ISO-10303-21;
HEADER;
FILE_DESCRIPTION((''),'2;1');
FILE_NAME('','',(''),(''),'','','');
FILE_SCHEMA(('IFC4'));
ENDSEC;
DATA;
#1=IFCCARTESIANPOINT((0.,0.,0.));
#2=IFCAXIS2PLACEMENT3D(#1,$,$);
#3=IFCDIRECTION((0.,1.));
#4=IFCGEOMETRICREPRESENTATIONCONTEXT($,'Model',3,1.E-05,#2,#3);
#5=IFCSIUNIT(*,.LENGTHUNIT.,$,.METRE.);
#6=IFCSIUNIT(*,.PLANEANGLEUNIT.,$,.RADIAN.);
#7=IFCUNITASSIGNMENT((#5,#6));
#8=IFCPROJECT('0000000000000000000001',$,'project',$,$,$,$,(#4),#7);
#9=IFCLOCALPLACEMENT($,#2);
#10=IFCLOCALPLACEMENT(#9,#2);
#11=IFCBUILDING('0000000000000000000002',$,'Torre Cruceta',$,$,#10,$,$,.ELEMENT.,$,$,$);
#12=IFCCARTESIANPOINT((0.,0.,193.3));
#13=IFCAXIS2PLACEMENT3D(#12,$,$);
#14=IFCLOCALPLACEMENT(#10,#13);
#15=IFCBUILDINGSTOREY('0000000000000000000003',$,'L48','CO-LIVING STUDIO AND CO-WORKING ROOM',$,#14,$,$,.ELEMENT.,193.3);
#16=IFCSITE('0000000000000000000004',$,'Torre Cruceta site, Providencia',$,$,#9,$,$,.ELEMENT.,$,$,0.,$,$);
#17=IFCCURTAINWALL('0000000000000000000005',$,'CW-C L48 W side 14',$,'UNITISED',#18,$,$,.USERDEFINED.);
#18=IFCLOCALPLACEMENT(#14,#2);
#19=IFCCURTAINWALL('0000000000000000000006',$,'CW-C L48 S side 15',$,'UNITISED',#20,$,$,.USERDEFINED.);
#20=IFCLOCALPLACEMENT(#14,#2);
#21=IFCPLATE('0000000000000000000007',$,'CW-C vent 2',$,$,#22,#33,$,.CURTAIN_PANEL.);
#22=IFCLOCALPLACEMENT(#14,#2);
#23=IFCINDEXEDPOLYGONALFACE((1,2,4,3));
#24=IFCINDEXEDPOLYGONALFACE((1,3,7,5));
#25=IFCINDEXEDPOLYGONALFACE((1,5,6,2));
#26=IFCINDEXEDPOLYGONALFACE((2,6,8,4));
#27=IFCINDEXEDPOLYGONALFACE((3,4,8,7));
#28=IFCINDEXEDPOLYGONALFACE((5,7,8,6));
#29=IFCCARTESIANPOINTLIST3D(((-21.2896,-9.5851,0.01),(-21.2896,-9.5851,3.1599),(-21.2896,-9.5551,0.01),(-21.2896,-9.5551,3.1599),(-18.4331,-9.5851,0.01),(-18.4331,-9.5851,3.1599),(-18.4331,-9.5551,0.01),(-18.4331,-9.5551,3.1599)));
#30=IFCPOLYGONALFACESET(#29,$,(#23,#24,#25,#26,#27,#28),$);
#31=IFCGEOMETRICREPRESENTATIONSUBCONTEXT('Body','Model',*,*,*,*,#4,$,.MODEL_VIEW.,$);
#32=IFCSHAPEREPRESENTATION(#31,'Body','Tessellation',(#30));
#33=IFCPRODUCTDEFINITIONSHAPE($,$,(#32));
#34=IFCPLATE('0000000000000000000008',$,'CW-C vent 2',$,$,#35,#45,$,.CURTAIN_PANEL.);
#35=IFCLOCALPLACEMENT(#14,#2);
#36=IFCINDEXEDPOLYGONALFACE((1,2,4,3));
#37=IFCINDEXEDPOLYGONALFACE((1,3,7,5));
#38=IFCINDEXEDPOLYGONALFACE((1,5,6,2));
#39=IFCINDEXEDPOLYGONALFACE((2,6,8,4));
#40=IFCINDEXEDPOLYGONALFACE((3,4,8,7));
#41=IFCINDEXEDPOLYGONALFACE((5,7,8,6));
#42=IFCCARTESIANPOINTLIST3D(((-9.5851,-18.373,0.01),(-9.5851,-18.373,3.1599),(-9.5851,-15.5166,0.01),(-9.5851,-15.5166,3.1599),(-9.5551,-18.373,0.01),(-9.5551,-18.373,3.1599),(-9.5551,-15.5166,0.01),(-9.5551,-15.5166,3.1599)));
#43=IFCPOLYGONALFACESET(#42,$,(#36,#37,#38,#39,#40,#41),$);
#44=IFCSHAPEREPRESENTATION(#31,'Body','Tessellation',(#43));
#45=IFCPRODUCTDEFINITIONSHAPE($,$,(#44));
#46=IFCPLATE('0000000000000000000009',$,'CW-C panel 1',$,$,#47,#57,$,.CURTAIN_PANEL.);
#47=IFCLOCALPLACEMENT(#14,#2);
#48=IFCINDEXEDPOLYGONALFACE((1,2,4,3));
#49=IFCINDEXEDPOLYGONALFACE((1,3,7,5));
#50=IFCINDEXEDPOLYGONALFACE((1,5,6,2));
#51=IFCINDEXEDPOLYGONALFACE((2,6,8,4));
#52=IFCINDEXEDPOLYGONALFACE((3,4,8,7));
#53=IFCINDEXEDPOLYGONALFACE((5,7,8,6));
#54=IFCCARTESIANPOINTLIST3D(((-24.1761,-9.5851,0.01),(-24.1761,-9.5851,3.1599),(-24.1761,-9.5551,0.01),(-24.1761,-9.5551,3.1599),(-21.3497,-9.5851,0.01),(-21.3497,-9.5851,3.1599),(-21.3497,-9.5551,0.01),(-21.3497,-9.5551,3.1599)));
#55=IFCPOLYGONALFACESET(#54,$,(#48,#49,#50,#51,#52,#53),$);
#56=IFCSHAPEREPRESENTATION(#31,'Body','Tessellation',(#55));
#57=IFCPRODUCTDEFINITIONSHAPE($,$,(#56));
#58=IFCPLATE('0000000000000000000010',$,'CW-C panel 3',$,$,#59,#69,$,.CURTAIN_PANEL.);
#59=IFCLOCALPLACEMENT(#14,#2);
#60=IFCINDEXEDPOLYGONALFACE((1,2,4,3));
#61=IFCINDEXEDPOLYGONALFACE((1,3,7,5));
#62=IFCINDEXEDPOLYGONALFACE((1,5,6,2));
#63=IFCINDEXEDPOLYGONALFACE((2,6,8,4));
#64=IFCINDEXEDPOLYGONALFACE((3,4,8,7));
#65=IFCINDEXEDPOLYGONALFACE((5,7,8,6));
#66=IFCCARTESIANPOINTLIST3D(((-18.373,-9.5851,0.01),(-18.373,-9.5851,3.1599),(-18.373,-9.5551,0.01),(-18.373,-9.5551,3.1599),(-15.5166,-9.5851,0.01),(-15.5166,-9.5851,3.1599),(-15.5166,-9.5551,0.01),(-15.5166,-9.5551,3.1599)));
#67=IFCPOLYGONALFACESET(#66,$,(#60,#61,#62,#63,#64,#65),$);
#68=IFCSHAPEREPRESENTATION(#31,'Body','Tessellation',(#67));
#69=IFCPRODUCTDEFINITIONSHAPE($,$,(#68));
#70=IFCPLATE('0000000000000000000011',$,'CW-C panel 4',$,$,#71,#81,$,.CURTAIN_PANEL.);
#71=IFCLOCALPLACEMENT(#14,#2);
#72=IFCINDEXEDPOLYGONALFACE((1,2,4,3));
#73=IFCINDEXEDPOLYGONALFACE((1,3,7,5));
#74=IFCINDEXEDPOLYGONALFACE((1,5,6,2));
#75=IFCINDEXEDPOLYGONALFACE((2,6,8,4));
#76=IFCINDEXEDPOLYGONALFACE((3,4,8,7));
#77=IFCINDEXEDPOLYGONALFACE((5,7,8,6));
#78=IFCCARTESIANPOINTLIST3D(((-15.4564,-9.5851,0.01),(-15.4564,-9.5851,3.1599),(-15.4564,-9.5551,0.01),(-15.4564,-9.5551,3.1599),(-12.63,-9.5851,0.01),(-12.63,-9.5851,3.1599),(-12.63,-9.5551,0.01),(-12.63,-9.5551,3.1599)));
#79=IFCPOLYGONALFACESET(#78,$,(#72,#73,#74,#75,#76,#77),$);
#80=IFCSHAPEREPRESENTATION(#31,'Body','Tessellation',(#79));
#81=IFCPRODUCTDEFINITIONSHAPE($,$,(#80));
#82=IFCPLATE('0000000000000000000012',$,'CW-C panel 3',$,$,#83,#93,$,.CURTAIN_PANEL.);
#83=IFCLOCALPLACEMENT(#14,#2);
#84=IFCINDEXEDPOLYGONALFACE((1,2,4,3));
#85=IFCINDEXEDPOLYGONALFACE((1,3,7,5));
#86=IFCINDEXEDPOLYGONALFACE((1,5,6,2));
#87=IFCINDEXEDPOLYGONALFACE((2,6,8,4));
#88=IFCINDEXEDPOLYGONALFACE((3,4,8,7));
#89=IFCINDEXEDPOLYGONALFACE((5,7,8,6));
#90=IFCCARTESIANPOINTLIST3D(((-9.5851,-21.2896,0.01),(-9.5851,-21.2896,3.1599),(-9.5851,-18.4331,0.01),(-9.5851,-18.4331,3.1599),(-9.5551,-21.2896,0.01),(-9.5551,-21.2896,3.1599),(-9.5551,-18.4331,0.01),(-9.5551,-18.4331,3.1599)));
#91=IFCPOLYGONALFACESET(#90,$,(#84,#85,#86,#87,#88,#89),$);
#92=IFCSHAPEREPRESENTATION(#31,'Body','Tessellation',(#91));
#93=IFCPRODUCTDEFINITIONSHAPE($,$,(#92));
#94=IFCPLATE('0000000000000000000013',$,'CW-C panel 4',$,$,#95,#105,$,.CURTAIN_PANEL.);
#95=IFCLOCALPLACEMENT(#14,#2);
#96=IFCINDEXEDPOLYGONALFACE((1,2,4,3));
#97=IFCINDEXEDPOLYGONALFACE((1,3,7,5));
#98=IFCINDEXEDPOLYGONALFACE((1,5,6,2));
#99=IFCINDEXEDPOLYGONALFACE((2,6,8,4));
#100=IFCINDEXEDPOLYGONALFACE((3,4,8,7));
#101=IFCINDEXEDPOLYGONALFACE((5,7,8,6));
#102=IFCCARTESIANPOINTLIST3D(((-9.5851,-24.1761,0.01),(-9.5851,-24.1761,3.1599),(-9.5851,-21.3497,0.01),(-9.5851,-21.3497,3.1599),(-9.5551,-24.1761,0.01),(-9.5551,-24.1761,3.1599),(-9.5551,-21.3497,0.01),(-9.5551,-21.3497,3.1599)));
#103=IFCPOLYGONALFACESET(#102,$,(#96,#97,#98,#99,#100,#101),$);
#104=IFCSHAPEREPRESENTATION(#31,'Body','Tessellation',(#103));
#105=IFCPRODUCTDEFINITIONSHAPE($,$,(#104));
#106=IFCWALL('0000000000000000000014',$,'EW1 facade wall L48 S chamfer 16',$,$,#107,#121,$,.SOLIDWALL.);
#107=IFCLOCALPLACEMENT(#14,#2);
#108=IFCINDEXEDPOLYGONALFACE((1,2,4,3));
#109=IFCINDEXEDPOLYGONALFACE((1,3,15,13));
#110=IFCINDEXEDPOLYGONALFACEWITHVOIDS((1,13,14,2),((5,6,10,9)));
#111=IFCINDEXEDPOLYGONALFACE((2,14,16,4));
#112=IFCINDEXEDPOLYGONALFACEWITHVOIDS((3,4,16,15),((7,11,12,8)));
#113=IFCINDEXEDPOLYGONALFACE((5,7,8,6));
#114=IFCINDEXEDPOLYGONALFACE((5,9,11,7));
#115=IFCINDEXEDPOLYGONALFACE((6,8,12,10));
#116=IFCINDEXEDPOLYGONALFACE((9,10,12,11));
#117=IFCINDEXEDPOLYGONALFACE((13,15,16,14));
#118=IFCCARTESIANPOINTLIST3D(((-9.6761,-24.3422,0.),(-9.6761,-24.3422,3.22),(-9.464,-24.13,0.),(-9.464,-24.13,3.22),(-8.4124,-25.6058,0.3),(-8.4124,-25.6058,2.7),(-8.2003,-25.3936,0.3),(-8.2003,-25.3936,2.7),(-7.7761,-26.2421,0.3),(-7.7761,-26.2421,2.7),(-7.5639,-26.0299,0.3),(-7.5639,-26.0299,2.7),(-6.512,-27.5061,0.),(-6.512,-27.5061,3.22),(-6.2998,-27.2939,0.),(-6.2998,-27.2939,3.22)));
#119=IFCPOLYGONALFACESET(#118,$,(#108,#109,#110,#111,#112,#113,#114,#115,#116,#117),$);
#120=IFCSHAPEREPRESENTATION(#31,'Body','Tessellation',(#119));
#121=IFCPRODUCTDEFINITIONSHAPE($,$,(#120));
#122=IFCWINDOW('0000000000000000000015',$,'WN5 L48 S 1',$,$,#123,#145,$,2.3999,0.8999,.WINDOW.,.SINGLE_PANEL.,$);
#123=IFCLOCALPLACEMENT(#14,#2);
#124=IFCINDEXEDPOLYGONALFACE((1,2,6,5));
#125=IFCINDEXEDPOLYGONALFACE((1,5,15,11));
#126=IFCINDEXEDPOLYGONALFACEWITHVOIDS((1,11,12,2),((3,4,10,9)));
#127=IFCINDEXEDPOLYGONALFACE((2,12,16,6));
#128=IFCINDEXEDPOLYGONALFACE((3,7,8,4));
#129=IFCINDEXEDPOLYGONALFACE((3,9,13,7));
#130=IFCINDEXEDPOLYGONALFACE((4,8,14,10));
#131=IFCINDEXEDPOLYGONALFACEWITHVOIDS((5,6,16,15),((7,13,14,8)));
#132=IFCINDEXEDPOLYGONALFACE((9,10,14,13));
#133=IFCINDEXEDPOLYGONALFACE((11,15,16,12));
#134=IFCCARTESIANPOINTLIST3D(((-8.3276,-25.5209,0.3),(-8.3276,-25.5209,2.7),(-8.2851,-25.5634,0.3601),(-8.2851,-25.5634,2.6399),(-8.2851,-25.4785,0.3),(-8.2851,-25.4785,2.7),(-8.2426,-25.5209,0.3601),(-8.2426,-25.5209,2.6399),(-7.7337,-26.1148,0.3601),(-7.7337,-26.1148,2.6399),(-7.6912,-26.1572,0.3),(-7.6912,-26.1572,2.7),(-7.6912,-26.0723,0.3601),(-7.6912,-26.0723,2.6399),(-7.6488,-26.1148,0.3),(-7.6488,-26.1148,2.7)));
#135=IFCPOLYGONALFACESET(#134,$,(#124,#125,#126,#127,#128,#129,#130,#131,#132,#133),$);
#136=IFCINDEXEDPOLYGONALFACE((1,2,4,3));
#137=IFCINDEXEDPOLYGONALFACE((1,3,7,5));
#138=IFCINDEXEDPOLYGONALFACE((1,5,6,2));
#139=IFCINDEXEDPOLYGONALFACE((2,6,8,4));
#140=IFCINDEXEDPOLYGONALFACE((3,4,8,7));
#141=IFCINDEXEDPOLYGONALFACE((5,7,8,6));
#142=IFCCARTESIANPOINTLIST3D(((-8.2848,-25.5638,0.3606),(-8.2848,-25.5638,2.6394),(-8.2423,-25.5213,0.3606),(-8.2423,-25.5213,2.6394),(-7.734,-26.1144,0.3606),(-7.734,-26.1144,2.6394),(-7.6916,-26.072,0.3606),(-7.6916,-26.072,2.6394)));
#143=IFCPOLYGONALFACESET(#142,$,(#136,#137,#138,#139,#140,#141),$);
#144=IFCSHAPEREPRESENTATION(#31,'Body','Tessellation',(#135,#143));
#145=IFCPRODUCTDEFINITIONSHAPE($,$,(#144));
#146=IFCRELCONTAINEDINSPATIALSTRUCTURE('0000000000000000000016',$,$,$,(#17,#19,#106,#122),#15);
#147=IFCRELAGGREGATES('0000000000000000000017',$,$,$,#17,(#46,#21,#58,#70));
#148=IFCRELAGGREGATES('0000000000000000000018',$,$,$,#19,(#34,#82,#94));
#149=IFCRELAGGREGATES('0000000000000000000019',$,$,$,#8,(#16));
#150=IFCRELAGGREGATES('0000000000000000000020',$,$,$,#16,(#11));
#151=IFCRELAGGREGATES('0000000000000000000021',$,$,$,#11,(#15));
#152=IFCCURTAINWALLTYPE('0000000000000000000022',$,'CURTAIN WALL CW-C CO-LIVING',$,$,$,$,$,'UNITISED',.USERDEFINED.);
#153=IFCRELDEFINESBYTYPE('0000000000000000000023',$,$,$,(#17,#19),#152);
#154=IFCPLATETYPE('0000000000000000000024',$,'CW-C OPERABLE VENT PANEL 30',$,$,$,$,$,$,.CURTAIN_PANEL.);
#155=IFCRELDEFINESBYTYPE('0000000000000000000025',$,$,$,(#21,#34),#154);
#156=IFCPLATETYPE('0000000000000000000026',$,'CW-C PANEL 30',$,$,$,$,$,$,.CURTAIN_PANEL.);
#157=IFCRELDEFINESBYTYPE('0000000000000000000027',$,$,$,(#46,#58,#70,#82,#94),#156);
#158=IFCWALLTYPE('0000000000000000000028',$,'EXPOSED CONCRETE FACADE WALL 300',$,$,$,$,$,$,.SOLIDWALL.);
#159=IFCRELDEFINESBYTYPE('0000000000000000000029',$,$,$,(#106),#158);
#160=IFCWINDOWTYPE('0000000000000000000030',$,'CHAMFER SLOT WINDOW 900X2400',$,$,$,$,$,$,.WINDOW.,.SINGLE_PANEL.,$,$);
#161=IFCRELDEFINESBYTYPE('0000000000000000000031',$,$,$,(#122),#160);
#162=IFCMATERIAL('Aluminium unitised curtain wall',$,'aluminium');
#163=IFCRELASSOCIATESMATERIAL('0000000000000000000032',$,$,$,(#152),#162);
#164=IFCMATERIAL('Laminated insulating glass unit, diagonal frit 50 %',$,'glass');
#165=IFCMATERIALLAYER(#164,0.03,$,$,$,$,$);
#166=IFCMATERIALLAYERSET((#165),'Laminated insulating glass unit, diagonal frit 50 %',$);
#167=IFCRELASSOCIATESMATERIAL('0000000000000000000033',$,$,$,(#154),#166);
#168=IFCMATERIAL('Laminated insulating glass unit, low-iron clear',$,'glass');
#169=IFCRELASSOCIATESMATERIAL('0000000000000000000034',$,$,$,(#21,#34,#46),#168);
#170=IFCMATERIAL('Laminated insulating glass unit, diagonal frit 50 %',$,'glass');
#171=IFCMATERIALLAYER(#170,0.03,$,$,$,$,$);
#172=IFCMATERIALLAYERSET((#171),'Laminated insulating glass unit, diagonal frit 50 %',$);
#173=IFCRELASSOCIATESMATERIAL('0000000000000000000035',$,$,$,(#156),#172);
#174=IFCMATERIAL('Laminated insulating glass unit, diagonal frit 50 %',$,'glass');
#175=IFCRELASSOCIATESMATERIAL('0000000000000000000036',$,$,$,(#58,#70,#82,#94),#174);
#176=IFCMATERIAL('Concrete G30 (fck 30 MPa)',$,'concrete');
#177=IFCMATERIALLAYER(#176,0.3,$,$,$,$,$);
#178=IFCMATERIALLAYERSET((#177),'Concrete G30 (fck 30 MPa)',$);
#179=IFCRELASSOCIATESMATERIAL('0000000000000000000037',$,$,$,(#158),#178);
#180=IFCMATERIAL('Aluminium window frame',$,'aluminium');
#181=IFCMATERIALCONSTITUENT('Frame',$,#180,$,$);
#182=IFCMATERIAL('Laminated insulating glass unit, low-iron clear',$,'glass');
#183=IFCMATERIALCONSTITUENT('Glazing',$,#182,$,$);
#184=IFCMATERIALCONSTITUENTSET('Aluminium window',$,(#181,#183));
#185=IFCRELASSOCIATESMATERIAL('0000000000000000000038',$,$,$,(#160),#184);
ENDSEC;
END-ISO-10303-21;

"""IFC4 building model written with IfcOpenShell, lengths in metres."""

from ifc_helpers import new_model, si_unit, direction, frame, frame_2d, origin, origin_2d, place, context, subcontext, project, spatial, rectangle, hollow_rectangle, extrude, material, layer, layer_set, constituent, constituent_set, type_object, element, fill, aggregate, save


model = new_model("IFC4")

# Units and contexts
model_context = context("Model", 3, precision=1e-05, world=origin(), true_north=direction((0.0, 1.0)))
body_context = subcontext(model_context, "Body", "Model", "MODEL_VIEW")
ifc_project = project(units=[si_unit("LENGTHUNIT", "METRE"), si_unit("PLANEANGLEUNIT", "RADIAN")], contexts=[model_context])

# Site, building, storey
site_placement = place(None, origin())
site = spatial("IfcSite", under=ifc_project, at=site_placement, Name="Torre Cruceta site, Providencia", CompositionType="ELEMENT", RefElevation=0.0)
building_placement = place(site_placement, origin())
building = spatial("IfcBuilding", under=site, at=building_placement, Name="Torre Cruceta", CompositionType="ELEMENT")
storey_placement = place(building_placement, frame((0.0, 0.0, 193.3)))
storey = spatial("IfcBuildingStorey", under=building, at=storey_placement, Name="L48", Description="CO-LIVING STUDIO AND CO-WORKING ROOM", CompositionType="ELEMENT", Elevation=193.3)

# Curtain walls
ifc_material_1 = material(Name="Aluminium unitised curtain wall", Category="aluminium")
curtain_wall_type = type_object("IfcCurtainWallType", Name="CURTAIN WALL CW-C CO-LIVING", ElementType="UNITISED", PredefinedType="USERDEFINED", material=ifc_material_1)
curtain_wall_1_placement = place(storey_placement, origin())
curtain_wall_1 = element("IfcCurtainWall", 1, at=curtain_wall_1_placement, inside=storey, type_object=curtain_wall_type, Name="CW-C L48 W side 14", ObjectType="UNITISED", PredefinedType="USERDEFINED")
curtain_wall_2_placement = place(storey_placement, origin())
curtain_wall_2 = element("IfcCurtainWall", 2, at=curtain_wall_2_placement, inside=storey, type_object=curtain_wall_type, Name="CW-C L48 S side 15", ObjectType="UNITISED", PredefinedType="USERDEFINED")

# Plates
ifc_material_2 = material(Name="Laminated insulating glass unit, low-iron clear", Category="glass")
ifc_material_3 = material(Name="Laminated insulating glass unit, diagonal frit 50 %", Category="glass")
ifc_layer_1 = layer(ifc_material_3, 0.03)
ifc_layer_set_1 = layer_set([ifc_layer_1], Name="Laminated insulating glass unit, diagonal frit 50 %")
plate_type_1 = type_object("IfcPlateType", Name="CW-C OPERABLE VENT PANEL 30", PredefinedType="CURTAIN_PANEL", material=ifc_layer_set_1)
plate_1_placement = place(storey_placement, frame((-19.8613, -9.5701, 0.01), z_axis=(0.0, 0.0, 1.0), x_axis=(1.0, 0.0, 0.0)))
plate_1 = element("IfcPlate", 3, at=plate_1_placement, type_object=plate_type_1, material=ifc_material_2, Name="CW-C vent 2", PredefinedType="CURTAIN_PANEL", context=body_context, shape_type="SweptSolid", body=[
    extrude(rectangle(XDim=2.8564, YDim=0.03, at=origin_2d()), origin(), (0.0, 0.0, 1.0), 3.1499),
])
plate_2_placement = place(storey_placement, frame((-9.5701, -16.9448, 0.01), z_axis=(0.0, 0.0, 1.0), x_axis=(0.0, -1.0, 0.0)))
plate_2 = element("IfcPlate", 4, at=plate_2_placement, type_object=plate_type_1, material=ifc_material_2, Name="CW-C vent 2", PredefinedType="CURTAIN_PANEL", context=body_context, shape_type="SweptSolid", body=[
    extrude(rectangle(XDim=2.8564, YDim=0.03, at=origin_2d()), origin(), (0.0, 0.0, 1.0), 3.1499),
])
ifc_material_4 = material(Name="Laminated insulating glass unit, diagonal frit 50 %", Category="glass")
ifc_layer_2 = layer(ifc_material_4, 0.03)
ifc_layer_set_2 = layer_set([ifc_layer_2], Name="Laminated insulating glass unit, diagonal frit 50 %")
plate_type_2 = type_object("IfcPlateType", Name="CW-C PANEL 30", PredefinedType="CURTAIN_PANEL", material=ifc_layer_set_2)
plate_3_placement = place(storey_placement, frame((-22.7629, -9.5701, 0.01), z_axis=(0.0, 0.0, 1.0), x_axis=(1.0, 0.0, 0.0)))
plate_3 = element("IfcPlate", 5, at=plate_3_placement, type_object=plate_type_2, material=ifc_material_2, Name="CW-C panel 1", PredefinedType="CURTAIN_PANEL", context=body_context, shape_type="SweptSolid", body=[
    extrude(rectangle(XDim=2.8264, YDim=0.03, at=origin_2d()), origin(), (0.0, 0.0, 1.0), 3.1499),
])
ifc_material_5 = material(Name="Laminated insulating glass unit, diagonal frit 50 %", Category="glass")
plate_4_placement = place(storey_placement, frame((-16.9448, -9.5701, 0.01), z_axis=(0.0, 0.0, 1.0), x_axis=(1.0, 0.0, 0.0)))
plate_4 = element("IfcPlate", 6, at=plate_4_placement, type_object=plate_type_2, material=ifc_material_5, Name="CW-C panel 3", PredefinedType="CURTAIN_PANEL", context=body_context, shape_type="SweptSolid", body=[
    extrude(rectangle(XDim=2.8564, YDim=0.03, at=origin_2d()), origin(), (0.0, 0.0, 1.0), 3.1499),
])
plate_5_placement = place(storey_placement, frame((-14.0432, -9.5701, 0.01), z_axis=(0.0, 0.0, 1.0), x_axis=(1.0, 0.0, 0.0)))
plate_5 = element("IfcPlate", 7, at=plate_5_placement, type_object=plate_type_2, material=ifc_material_5, Name="CW-C panel 4", PredefinedType="CURTAIN_PANEL", context=body_context, shape_type="SweptSolid", body=[
    extrude(rectangle(XDim=2.8264, YDim=0.03, at=origin_2d()), origin(), (0.0, 0.0, 1.0), 3.1499),
])
aggregate(curtain_wall_1, [plate_3, plate_1, plate_4, plate_5])
plate_6_placement = place(storey_placement, frame((-9.5701, -19.8613, 0.01), z_axis=(0.0, 0.0, 1.0), x_axis=(0.0, -1.0, 0.0)))
plate_6 = element("IfcPlate", 8, at=plate_6_placement, type_object=plate_type_2, material=ifc_material_5, Name="CW-C panel 3", PredefinedType="CURTAIN_PANEL", context=body_context, shape_type="SweptSolid", body=[
    extrude(rectangle(XDim=2.8564, YDim=0.03, at=origin_2d()), origin(), (0.0, 0.0, 1.0), 3.1499),
])
plate_7_placement = place(storey_placement, frame((-9.5701, -22.7629, 0.01), z_axis=(0.0, 0.0, 1.0), x_axis=(0.0, -1.0, 0.0)))
plate_7 = element("IfcPlate", 9, at=plate_7_placement, type_object=plate_type_2, material=ifc_material_5, Name="CW-C panel 4", PredefinedType="CURTAIN_PANEL", context=body_context, shape_type="SweptSolid", body=[
    extrude(rectangle(XDim=2.8264, YDim=0.03, at=origin_2d()), origin(), (0.0, 0.0, 1.0), 3.1499),
])
aggregate(curtain_wall_2, [plate_2, plate_6, plate_7])

# Wall, opening, window
ifc_material_6 = material(Name="Concrete G30 (fck 30 MPa)", Category="concrete")
ifc_layer_3 = layer(ifc_material_6, 0.3)
ifc_layer_set_3 = layer_set([ifc_layer_3], Name="Concrete G30 (fck 30 MPa)")
wall_type = type_object("IfcWallType", Name="EXPOSED CONCRETE FACADE WALL 300", PredefinedType="SOLIDWALL", material=ifc_layer_set_3)
wall_placement = place(storey_placement, frame((-9.5701, -24.2361, 0.0), z_axis=(0.0, 0.0, 1.0), x_axis=(0.707134, -0.707079, 0.0)))
wall = element("IfcWall", 10, at=wall_placement, inside=storey, type_object=wall_type, Name="EW1 facade wall L48 S chamfer 16", PredefinedType="SOLIDWALL", context=body_context, shape_type="SweptSolid", body=[
    extrude(rectangle(XDim=4.4746, YDim=0.3, at=frame_2d((2.2373, 0.0))), origin(), (0.0, 0.0, 1.0), 3.22),
])
opening_placement = place(wall_placement, frame((1.7871, 0.0, 0.3)))
opening = element("IfcOpeningElement", 11, at=opening_placement, cuts=wall, PredefinedType="OPENING", context=body_context, shape_type="SweptSolid", body=[
    extrude(rectangle(XDim=0.8999, YDim=2.3999, at=frame_2d((0.45, 1.2))), frame((0.0, 0.1599, 0.0), z_axis=(0.0, -1.0, 0.0), x_axis=(1.0, 0.0, 0.0)), (0.0, 0.0, 1.0), 0.3201),
])
ifc_material_7 = material(Name="Aluminium window frame", Category="aluminium")
ifc_constituent_1 = constituent(ifc_material_7, Name="Frame")
ifc_material_8 = material(Name="Laminated insulating glass unit, low-iron clear", Category="glass")
ifc_constituent_2 = constituent(ifc_material_8, Name="Glazing")
ifc_constituent_set = constituent_set(constituents=[ifc_constituent_1, ifc_constituent_2], Name="Aluminium window")
window_type = type_object("IfcWindowType", Name="CHAMFER SLOT WINDOW 900X2400", PartitioningType="SINGLE_PANEL", PredefinedType="WINDOW", material=ifc_constituent_set)
window_placement = place(opening_placement, origin())
window = element("IfcWindow", 12, at=window_placement, inside=storey, type_object=window_type, Name="WN5 L48 S 1", OverallHeight=2.3999, OverallWidth=0.8999, PartitioningType="SINGLE_PANEL", PredefinedType="WINDOW", context=body_context, shape_type="SweptSolid", body=[
    extrude(hollow_rectangle(XDim=0.8999, YDim=2.3999, WallThickness=0.0601, at=frame_2d((0.45, 1.2))), frame((0.0, 0.03, 0.0), z_axis=(0.0, -1.0, 0.0), x_axis=(1.0, 0.0, 0.0)), (0.0, 0.0, 1.0), 0.0601),
    extrude(rectangle(XDim=0.7788, YDim=2.2788, at=frame_2d((0.45, 1.2))), frame((0.0, 0.03, 0.0), z_axis=(0.0, -1.0, 0.0), x_axis=(1.0, 0.0, 0.0)), (0.0, 0.0, 1.0), 0.0601),
])
fill(opening, window)

save(model, "model.ifc")
